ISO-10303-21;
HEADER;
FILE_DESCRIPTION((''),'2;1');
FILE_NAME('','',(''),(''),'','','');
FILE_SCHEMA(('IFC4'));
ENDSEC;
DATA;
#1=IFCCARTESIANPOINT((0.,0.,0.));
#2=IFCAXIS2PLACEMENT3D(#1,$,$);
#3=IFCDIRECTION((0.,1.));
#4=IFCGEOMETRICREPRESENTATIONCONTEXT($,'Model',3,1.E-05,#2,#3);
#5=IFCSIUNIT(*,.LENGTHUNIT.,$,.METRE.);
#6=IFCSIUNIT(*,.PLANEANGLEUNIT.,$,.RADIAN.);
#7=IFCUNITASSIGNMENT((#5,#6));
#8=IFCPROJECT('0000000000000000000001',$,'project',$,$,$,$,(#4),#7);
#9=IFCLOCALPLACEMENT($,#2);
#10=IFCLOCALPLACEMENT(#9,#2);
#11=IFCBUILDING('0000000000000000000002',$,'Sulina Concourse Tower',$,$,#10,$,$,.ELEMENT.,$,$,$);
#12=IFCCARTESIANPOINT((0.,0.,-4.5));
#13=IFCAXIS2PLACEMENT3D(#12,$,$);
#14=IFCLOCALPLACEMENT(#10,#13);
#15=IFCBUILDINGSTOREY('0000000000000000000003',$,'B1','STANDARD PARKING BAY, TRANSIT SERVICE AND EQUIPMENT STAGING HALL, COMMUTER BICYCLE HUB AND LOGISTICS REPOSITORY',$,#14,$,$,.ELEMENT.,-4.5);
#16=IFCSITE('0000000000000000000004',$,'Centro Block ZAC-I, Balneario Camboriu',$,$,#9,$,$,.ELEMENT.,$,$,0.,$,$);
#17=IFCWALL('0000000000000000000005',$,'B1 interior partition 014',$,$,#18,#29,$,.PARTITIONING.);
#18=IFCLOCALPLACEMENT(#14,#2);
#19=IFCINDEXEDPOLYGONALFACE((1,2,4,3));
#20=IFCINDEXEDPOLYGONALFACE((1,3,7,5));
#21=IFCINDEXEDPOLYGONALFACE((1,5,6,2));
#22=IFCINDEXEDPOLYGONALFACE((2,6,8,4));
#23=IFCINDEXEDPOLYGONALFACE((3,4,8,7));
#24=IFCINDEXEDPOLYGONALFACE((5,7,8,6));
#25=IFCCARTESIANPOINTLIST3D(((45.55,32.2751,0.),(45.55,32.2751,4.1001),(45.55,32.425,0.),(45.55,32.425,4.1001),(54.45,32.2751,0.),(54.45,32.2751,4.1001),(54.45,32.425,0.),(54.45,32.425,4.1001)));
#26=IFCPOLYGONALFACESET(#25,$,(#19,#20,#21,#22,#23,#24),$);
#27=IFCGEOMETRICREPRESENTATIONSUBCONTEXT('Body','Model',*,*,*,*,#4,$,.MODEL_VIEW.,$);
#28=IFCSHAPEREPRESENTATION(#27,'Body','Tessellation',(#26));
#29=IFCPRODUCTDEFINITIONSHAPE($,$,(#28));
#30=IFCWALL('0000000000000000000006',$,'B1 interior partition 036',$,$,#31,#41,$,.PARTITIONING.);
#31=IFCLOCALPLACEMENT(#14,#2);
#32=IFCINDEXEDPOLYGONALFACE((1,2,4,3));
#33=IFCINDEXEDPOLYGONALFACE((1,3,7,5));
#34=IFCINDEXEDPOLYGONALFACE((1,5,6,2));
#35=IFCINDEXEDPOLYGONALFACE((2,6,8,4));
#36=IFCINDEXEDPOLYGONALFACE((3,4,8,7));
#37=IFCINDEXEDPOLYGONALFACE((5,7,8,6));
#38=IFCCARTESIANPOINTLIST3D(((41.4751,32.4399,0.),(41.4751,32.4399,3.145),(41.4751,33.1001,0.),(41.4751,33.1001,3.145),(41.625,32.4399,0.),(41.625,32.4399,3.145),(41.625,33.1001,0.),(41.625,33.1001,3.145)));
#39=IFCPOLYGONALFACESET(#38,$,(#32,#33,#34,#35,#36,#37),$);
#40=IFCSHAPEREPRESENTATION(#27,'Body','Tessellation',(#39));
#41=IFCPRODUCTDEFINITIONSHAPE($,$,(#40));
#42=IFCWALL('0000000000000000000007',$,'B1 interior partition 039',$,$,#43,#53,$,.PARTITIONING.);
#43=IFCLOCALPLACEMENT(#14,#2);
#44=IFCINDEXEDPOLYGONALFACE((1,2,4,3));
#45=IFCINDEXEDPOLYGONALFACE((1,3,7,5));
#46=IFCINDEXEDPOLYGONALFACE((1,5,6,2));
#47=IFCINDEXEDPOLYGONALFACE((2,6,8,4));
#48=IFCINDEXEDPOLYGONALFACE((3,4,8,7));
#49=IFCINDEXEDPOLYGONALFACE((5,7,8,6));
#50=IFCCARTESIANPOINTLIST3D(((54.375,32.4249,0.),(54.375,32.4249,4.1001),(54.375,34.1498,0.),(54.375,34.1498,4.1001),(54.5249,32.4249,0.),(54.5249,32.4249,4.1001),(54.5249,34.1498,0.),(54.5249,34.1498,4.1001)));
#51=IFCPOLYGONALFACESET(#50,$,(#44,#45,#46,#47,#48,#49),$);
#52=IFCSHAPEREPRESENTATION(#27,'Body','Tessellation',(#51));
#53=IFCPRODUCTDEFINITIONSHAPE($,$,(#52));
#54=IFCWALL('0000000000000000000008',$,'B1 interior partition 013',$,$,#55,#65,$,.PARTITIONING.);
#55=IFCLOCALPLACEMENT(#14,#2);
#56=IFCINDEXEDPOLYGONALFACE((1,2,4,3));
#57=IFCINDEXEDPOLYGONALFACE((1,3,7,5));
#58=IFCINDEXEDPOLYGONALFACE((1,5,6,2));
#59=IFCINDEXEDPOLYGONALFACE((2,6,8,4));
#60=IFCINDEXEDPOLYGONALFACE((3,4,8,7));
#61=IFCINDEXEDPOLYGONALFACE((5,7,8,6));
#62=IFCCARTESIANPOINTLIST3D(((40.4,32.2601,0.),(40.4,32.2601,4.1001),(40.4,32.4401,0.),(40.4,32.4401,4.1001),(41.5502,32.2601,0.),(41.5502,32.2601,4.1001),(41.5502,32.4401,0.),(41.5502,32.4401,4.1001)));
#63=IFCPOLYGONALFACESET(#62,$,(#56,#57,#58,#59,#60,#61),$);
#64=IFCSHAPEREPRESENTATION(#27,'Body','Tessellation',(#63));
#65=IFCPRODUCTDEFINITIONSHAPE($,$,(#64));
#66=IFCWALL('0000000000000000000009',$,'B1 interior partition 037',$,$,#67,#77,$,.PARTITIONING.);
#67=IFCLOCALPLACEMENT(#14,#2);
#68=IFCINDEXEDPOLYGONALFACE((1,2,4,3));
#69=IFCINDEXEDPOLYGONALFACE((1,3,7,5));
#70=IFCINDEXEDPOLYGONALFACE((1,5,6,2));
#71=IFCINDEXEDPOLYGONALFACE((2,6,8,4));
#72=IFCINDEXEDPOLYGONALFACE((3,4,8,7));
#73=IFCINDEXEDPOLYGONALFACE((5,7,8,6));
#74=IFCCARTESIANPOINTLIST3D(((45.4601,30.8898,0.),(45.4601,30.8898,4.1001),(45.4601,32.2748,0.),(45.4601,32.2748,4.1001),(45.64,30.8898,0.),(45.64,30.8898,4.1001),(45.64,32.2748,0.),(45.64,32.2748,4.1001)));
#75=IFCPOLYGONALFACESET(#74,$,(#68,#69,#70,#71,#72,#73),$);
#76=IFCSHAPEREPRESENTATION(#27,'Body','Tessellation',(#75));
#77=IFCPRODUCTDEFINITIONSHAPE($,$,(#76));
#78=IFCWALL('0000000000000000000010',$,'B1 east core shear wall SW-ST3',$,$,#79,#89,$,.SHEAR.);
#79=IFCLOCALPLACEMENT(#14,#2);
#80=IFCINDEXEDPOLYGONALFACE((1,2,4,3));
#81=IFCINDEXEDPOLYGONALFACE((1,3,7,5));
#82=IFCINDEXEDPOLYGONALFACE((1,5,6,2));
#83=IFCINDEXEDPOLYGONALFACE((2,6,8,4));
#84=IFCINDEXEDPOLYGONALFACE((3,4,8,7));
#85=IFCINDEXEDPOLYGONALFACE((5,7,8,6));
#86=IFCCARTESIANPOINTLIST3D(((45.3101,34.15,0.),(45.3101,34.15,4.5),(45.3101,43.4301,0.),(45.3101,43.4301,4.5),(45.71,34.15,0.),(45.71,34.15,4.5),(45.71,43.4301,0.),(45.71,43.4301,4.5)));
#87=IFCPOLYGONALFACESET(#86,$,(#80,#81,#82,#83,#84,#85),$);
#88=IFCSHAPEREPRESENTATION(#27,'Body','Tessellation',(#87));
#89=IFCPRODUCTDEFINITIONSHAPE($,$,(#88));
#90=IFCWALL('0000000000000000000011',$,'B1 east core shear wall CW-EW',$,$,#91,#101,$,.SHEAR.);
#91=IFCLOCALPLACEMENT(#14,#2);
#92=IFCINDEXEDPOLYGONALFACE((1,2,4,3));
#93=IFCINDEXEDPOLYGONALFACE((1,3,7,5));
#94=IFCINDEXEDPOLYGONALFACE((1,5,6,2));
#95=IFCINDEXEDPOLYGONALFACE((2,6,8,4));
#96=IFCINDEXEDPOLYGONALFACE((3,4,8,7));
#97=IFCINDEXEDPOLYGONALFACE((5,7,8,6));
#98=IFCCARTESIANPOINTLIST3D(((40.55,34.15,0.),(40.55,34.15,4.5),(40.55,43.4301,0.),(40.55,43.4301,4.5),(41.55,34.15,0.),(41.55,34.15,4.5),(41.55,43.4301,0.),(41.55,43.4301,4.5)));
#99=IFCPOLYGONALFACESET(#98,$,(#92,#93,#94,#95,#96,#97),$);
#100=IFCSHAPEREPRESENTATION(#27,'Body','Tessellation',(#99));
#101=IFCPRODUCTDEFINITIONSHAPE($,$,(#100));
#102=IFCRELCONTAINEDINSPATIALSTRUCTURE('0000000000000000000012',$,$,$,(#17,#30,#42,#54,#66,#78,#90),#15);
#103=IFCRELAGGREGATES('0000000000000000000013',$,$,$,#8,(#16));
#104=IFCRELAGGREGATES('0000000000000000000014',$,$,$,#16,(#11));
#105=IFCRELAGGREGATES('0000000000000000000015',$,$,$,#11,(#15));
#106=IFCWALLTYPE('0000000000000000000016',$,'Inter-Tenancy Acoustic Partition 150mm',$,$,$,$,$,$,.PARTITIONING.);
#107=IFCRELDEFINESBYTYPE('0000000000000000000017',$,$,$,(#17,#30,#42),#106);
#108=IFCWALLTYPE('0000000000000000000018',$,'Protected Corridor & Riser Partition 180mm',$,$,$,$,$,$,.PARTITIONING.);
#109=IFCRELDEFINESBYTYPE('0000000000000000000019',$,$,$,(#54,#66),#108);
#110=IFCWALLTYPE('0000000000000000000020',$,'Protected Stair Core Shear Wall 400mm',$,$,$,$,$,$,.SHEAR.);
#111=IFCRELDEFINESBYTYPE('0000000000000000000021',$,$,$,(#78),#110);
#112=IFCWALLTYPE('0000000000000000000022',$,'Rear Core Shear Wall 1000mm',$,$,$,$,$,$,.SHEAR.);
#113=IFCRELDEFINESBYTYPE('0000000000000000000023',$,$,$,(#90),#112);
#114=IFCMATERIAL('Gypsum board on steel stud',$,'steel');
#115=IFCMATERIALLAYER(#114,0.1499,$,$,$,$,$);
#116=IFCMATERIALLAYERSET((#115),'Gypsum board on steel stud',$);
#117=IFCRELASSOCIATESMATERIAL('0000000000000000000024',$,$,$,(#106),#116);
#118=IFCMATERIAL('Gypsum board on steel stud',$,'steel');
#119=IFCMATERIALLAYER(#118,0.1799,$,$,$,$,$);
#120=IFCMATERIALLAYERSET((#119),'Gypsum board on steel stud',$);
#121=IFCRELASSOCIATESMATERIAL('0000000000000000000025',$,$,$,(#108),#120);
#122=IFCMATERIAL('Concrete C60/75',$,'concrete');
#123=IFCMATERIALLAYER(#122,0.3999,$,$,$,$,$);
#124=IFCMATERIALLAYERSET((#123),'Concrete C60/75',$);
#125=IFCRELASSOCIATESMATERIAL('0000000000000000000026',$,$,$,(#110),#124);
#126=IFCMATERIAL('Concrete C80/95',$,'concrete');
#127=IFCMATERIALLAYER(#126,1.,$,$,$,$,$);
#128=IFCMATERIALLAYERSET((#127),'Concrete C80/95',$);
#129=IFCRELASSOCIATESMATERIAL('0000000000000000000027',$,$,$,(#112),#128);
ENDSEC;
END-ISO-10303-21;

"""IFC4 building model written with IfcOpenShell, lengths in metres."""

from ifc_helpers import new_model, si_unit, direction, frame, frame_2d, origin, place, context, subcontext, project, spatial, rectangle, extrude, material, layer, layer_set, type_object, element, save


model = new_model("IFC4")

# Units and contexts
model_context = context("Model", 3, precision=1e-05, world=origin(), true_north=direction((0.0, 1.0)))
body_context = subcontext(model_context, "Body", "Model", "MODEL_VIEW")
ifc_project = project(units=[si_unit("LENGTHUNIT", "METRE"), si_unit("PLANEANGLEUNIT", "RADIAN")], contexts=[model_context])

# Site, building, storey
site_placement = place(None, origin())
site = spatial("IfcSite", under=ifc_project, at=site_placement, Name="Centro Block ZAC-I, Balneario Camboriu", CompositionType="ELEMENT", RefElevation=0.0)
building_placement = place(site_placement, origin())
building = spatial("IfcBuilding", under=site, at=building_placement, Name="Sulina Concourse Tower", CompositionType="ELEMENT")
storey_placement = place(building_placement, frame((0.0, 0.0, -4.5)))
storey = spatial("IfcBuildingStorey", under=building, at=storey_placement, Name="B1", Description="STANDARD PARKING BAY, TRANSIT SERVICE AND EQUIPMENT STAGING HALL, COMMUTER BICYCLE HUB AND LOGISTICS REPOSITORY", CompositionType="ELEMENT", Elevation=-4.5)

# Walls
ifc_material_1 = material(Name="Gypsum board on steel stud", Category="steel")
ifc_layer_1 = layer(ifc_material_1, 0.1499)
ifc_layer_set_1 = layer_set([ifc_layer_1], Name="Gypsum board on steel stud")
wall_type_1 = type_object("IfcWallType", Name="Inter-Tenancy Acoustic Partition 150mm", PredefinedType="PARTITIONING", material=ifc_layer_set_1)
wall_1_placement = place(storey_placement, frame((45.55, 32.3501, 0.0), z_axis=(0.0, 0.0, 1.0), x_axis=(1.0, 0.0, 0.0)))
element("IfcWall", 1, at=wall_1_placement, inside=storey, type_object=wall_type_1, Name="B1 interior partition 014", PredefinedType="PARTITIONING", context=body_context, shape_type="SweptSolid", body=[
    extrude(rectangle(XDim=8.8999, YDim=0.1499, at=frame_2d((4.45, 0.0))), origin(), (0.0, 0.0, 1.0), 4.1001),
])
wall_2_placement = place(storey_placement, frame((41.55, 32.4399, 0.0), z_axis=(0.0, 0.0, 1.0), x_axis=(0.0, 1.0, 0.0)))
element("IfcWall", 2, at=wall_2_placement, inside=storey, type_object=wall_type_1, Name="B1 interior partition 036", PredefinedType="PARTITIONING", context=body_context, shape_type="SweptSolid", body=[
    extrude(rectangle(XDim=0.6602, YDim=0.1499, at=frame_2d((0.3301, 0.0))), origin(), (0.0, 0.0, 1.0), 3.145),
])
wall_3_placement = place(storey_placement, frame((54.45, 32.425, 0.0), z_axis=(0.0, 0.0, 1.0), x_axis=(0.0, 1.0, 0.0)))
element("IfcWall", 3, at=wall_3_placement, inside=storey, type_object=wall_type_1, Name="B1 interior partition 039", PredefinedType="PARTITIONING", context=body_context, shape_type="SweptSolid", body=[
    extrude(rectangle(XDim=1.7249, YDim=0.1499, at=frame_2d((0.8623, 0.0))), origin(), (0.0, 0.0, 1.0), 4.1001),
])
ifc_material_2 = material(Name="Gypsum board on steel stud", Category="steel")
ifc_layer_2 = layer(ifc_material_2, 0.1799)
ifc_layer_set_2 = layer_set([ifc_layer_2], Name="Gypsum board on steel stud")
wall_type_2 = type_object("IfcWallType", Name="Protected Corridor & Riser Partition 180mm", PredefinedType="PARTITIONING", material=ifc_layer_set_2)
wall_4_placement = place(storey_placement, frame((40.3999, 32.3501, 0.0), z_axis=(0.0, 0.0, 1.0), x_axis=(1.0, 0.0, 0.0)))
element("IfcWall", 4, at=wall_4_placement, inside=storey, type_object=wall_type_2, Name="B1 interior partition 013", PredefinedType="PARTITIONING", context=body_context, shape_type="SweptSolid", body=[
    extrude(rectangle(XDim=1.1501, YDim=0.1799, at=frame_2d((0.5752, 0.0))), origin(), (0.0, 0.0, 1.0), 4.1001),
])
wall_5_placement = place(storey_placement, frame((45.55, 30.8899, 0.0), z_axis=(0.0, 0.0, 1.0), x_axis=(0.0, 1.0, 0.0)))
element("IfcWall", 5, at=wall_5_placement, inside=storey, type_object=wall_type_2, Name="B1 interior partition 037", PredefinedType="PARTITIONING", context=body_context, shape_type="SweptSolid", body=[
    extrude(rectangle(XDim=1.385, YDim=0.1799, at=frame_2d((0.6924, 0.0))), origin(), (0.0, 0.0, 1.0), 4.1001),
])
ifc_material_3 = material(Name="Concrete C60/75", Category="concrete")
ifc_layer_3 = layer(ifc_material_3, 0.3999)
ifc_layer_set_3 = layer_set([ifc_layer_3], Name="Concrete C60/75")
wall_type_3 = type_object("IfcWallType", Name="Protected Stair Core Shear Wall 400mm", PredefinedType="SHEAR", material=ifc_layer_set_3)
wall_6_placement = place(storey_placement, frame((45.51, 34.1499, 0.0), z_axis=(0.0, 0.0, 1.0), x_axis=(0.0, 1.0, 0.0)))
element("IfcWall", 6, at=wall_6_placement, inside=storey, type_object=wall_type_3, Name="B1 east core shear wall SW-ST3", PredefinedType="SHEAR", context=body_context, shape_type="SweptSolid", body=[
    extrude(rectangle(XDim=9.28, YDim=0.3999, at=frame_2d((4.6401, 0.0))), origin(), (0.0, 0.0, 1.0), 4.5),
])
ifc_material_4 = material(Name="Concrete C80/95", Category="concrete")
ifc_layer_4 = layer(ifc_material_4, 1.0)
ifc_layer_set_4 = layer_set([ifc_layer_4], Name="Concrete C80/95")
wall_type_4 = type_object("IfcWallType", Name="Rear Core Shear Wall 1000mm", PredefinedType="SHEAR", material=ifc_layer_set_4)
wall_7_placement = place(storey_placement, frame((41.05, 34.1499, 0.0), z_axis=(0.0, 0.0, 1.0), x_axis=(0.0, 1.0, 0.0)))
element("IfcWall", 7, at=wall_7_placement, inside=storey, type_object=wall_type_4, Name="B1 east core shear wall CW-EW", PredefinedType="SHEAR", context=body_context, shape_type="SweptSolid", body=[
    extrude(rectangle(XDim=9.28, YDim=1.0, at=frame_2d((4.6401, 0.0))), origin(), (0.0, 0.0, 1.0), 4.5),
])

save(model, "model.ifc")
